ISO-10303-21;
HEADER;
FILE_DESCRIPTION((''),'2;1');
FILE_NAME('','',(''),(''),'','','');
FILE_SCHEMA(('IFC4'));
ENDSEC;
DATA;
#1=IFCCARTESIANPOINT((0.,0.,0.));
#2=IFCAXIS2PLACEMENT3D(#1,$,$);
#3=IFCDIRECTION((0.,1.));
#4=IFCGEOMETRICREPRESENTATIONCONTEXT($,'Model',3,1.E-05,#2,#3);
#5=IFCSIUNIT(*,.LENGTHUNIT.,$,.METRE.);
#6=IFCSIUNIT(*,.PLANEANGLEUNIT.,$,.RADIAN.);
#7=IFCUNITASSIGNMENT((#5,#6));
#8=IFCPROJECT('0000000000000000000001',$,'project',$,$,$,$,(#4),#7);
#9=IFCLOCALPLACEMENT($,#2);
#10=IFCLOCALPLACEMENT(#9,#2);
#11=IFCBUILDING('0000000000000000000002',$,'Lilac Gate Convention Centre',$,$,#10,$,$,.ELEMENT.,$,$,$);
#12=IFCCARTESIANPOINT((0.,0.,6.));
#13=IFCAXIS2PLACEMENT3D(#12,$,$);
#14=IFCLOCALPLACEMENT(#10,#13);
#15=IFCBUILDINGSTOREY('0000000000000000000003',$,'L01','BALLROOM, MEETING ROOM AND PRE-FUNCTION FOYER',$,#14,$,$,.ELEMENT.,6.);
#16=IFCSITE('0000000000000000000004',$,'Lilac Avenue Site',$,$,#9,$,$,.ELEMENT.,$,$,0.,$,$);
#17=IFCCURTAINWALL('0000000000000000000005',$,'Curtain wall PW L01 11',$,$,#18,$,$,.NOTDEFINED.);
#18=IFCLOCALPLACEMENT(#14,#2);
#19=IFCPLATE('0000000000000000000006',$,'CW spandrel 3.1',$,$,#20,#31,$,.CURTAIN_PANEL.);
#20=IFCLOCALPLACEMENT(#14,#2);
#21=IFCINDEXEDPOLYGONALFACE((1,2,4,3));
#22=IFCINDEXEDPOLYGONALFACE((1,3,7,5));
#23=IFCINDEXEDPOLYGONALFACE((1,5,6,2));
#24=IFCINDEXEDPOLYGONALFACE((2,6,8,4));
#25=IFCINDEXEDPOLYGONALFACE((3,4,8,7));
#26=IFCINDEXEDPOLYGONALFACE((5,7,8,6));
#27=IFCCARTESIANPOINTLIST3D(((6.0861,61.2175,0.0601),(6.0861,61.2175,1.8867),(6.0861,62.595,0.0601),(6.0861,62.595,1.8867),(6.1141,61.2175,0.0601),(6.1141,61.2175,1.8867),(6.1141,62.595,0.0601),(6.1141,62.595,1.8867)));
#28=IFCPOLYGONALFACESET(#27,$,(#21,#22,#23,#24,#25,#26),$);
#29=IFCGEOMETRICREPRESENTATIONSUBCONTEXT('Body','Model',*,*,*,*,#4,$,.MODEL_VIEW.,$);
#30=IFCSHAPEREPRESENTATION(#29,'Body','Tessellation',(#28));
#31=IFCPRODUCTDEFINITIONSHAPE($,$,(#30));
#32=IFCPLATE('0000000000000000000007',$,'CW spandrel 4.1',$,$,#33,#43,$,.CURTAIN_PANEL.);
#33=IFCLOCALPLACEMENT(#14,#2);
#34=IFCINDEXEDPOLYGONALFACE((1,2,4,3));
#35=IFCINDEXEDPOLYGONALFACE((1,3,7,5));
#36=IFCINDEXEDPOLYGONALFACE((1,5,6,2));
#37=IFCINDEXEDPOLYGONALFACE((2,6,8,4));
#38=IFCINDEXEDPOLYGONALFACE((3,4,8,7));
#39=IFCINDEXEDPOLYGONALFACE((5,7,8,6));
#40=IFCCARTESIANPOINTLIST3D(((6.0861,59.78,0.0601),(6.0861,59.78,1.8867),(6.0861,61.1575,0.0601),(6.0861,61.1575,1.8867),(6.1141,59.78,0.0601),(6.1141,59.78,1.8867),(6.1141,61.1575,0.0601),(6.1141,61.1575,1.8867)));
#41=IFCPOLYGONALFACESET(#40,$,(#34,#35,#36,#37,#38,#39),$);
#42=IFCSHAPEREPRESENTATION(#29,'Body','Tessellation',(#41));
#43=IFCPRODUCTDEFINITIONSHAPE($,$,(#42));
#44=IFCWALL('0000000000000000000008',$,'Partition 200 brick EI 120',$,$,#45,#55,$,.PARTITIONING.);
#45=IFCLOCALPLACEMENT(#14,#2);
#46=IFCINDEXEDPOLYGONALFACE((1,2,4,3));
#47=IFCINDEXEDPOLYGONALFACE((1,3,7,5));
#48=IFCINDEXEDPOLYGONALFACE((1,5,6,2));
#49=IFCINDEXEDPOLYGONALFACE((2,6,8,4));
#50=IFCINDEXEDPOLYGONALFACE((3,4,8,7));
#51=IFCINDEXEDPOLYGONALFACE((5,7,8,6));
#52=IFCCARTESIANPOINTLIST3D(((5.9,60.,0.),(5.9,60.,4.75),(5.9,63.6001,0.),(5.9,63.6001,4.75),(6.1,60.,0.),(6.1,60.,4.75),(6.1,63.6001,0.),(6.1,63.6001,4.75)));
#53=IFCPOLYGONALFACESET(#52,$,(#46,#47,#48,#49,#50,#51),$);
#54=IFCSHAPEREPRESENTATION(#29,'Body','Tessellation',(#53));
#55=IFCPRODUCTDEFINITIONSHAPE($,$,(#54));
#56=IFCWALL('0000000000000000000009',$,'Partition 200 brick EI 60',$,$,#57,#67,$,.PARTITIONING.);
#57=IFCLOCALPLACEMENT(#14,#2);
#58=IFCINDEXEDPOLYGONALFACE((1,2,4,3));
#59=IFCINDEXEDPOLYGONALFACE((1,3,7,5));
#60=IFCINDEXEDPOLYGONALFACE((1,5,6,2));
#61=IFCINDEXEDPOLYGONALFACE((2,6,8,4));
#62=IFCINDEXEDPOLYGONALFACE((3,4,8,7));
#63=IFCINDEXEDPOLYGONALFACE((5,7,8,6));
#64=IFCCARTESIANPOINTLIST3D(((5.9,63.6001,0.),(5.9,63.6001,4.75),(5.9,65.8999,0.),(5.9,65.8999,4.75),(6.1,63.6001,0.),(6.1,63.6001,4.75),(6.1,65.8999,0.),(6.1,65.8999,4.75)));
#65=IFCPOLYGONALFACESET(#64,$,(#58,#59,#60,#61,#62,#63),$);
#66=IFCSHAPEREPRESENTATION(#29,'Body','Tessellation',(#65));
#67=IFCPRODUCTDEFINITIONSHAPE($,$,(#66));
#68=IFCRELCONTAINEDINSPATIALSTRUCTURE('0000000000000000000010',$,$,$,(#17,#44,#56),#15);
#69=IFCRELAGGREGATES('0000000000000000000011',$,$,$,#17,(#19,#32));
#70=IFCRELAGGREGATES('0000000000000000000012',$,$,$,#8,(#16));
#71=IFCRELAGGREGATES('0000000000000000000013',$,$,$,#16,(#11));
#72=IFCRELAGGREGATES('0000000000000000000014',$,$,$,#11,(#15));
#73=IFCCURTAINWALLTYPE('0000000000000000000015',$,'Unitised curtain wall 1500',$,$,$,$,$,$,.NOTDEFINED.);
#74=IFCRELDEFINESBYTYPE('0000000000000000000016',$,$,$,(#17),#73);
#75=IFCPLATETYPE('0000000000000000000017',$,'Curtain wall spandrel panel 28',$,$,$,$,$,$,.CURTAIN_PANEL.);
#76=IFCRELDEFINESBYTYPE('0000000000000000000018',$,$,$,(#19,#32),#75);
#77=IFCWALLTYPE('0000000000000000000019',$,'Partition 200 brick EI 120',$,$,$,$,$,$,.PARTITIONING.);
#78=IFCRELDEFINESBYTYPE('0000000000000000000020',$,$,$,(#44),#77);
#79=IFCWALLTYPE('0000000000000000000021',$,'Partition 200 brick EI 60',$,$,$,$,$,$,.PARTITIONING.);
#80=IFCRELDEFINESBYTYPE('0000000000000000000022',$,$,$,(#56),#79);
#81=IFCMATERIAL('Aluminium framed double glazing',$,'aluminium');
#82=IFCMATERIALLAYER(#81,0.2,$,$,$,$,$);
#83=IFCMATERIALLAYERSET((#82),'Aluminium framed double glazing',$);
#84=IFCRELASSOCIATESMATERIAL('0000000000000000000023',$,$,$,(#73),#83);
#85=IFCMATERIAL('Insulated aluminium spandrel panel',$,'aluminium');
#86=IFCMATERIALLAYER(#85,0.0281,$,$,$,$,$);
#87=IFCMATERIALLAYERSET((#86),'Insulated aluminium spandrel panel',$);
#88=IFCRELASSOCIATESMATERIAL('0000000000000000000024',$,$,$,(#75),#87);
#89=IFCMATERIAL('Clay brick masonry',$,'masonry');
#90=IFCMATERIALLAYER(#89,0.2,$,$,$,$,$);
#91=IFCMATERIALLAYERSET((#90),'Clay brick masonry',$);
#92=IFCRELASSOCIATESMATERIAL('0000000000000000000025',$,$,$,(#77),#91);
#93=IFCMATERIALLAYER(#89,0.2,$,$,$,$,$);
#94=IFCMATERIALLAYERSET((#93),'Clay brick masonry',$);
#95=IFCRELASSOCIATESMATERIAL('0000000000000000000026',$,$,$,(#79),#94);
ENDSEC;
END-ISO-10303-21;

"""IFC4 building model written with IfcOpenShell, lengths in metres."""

from ifc_helpers import new_model, si_unit, direction, frame, frame_2d, origin, origin_2d, place, context, subcontext, project, spatial, rectangle, extrude, material, layer, layer_set, type_object, element, aggregate, save


model = new_model("IFC4")

# Units and contexts
model_context = context("Model", 3, precision=1e-05, world=origin(), true_north=direction((0.0, 1.0)))
body_context = subcontext(model_context, "Body", "Model", "MODEL_VIEW")
ifc_project = project(units=[si_unit("LENGTHUNIT", "METRE"), si_unit("PLANEANGLEUNIT", "RADIAN")], contexts=[model_context])

# Site, building, storey
site_placement = place(None, origin())
site = spatial("IfcSite", under=ifc_project, at=site_placement, Name="Lilac Avenue Site", CompositionType="ELEMENT", RefElevation=0.0)
building_placement = place(site_placement, origin())
building = spatial("IfcBuilding", under=site, at=building_placement, Name="Lilac Gate Convention Centre", CompositionType="ELEMENT")
storey_placement = place(building_placement, frame((0.0, 0.0, 6.0)))
storey = spatial("IfcBuildingStorey", under=building, at=storey_placement, Name="L01", Description="BALLROOM, MEETING ROOM AND PRE-FUNCTION FOYER", CompositionType="ELEMENT", Elevation=6.0)

# Curtain wall, plates
ifc_material_1 = material(Name="Aluminium framed double glazing", Category="aluminium")
ifc_layer_1 = layer(ifc_material_1, 0.2)
ifc_layer_set_1 = layer_set([ifc_layer_1], Name="Aluminium framed double glazing")
curtain_wall_type = type_object("IfcCurtainWallType", Name="Unitised curtain wall 1500", PredefinedType="NOTDEFINED", material=ifc_layer_set_1)
curtain_wall_placement = place(storey_placement, origin())
curtain_wall = element("IfcCurtainWall", 1, at=curtain_wall_placement, inside=storey, type_object=curtain_wall_type, Name="Curtain wall PW L01 11", PredefinedType="NOTDEFINED")
ifc_material_2 = material(Name="Insulated aluminium spandrel panel", Category="aluminium")
ifc_layer_2 = layer(ifc_material_2, 0.0281)
ifc_layer_set_2 = layer_set([ifc_layer_2], Name="Insulated aluminium spandrel panel")
plate_type_1 = type_object("IfcPlateType", Name="Curtain wall spandrel panel 28", PredefinedType="CURTAIN_PANEL", material=ifc_layer_set_2)
plate_1_placement = place(storey_placement, frame((6.1001, 61.9062, 0.0601), z_axis=(0.0, 0.0, 1.0), x_axis=(0.0, -1.0, 0.0)))
plate_1 = element("IfcPlate", 2, at=plate_1_placement, type_object=plate_type_1, Name="CW spandrel 3.1", PredefinedType="CURTAIN_PANEL", context=body_context, shape_type="SweptSolid", body=[
    extrude(rectangle(XDim=1.3774, YDim=0.0281, at=origin_2d()), origin(), (0.0, 0.0, 1.0), 1.8267),
])
plate_2_placement = place(storey_placement, frame((6.1001, 60.4688, 0.0601), z_axis=(0.0, 0.0, 1.0), x_axis=(0.0, -1.0, 0.0)))
plate_2 = element("IfcPlate", 3, at=plate_2_placement, type_object=plate_type_1, Name="CW spandrel 4.1", PredefinedType="CURTAIN_PANEL", context=body_context, shape_type="SweptSolid", body=[
    extrude(rectangle(XDim=1.3774, YDim=0.0281, at=origin_2d()), origin(), (0.0, 0.0, 1.0), 1.8267),
])
aggregate(curtain_wall, [plate_1, plate_2])

# Walls
ifc_material_3 = material(Name="Clay brick masonry", Category="masonry")
ifc_layer_3 = layer(ifc_material_3, 0.2)
ifc_layer_set_3 = layer_set([ifc_layer_3], Name="Clay brick masonry")
wall_type_1 = type_object("IfcWallType", Name="Partition 200 brick EI 120", PredefinedType="PARTITIONING", material=ifc_layer_set_3)
wall_1_placement = place(storey_placement, frame((6.0, 60.0, 0.0), z_axis=(0.0, 0.0, 1.0), x_axis=(0.0, 1.0, 0.0)))
element("IfcWall", 4, at=wall_1_placement, inside=storey, type_object=wall_type_1, Name="Partition 200 brick EI 120", PredefinedType="PARTITIONING", context=body_context, shape_type="SweptSolid", body=[
    extrude(rectangle(XDim=3.6001, YDim=0.2, at=frame_2d((1.8, 0.0))), origin(), (0.0, 0.0, 1.0), 4.75),
])
ifc_layer_4 = layer(ifc_material_3, 0.2)
ifc_layer_set_4 = layer_set([ifc_layer_4], Name="Clay brick masonry")
wall_type_2 = type_object("IfcWallType", Name="Partition 200 brick EI 60", PredefinedType="PARTITIONING", material=ifc_layer_set_4)
wall_2_placement = place(storey_placement, frame((6.0, 63.6001, 0.0), z_axis=(0.0, 0.0, 1.0), x_axis=(0.0, 1.0, 0.0)))
element("IfcWall", 5, at=wall_2_placement, inside=storey, type_object=wall_type_2, Name="Partition 200 brick EI 60", PredefinedType="PARTITIONING", context=body_context, shape_type="SweptSolid", body=[
    extrude(rectangle(XDim=2.2998, YDim=0.2, at=frame_2d((1.1499, 0.0))), origin(), (0.0, 0.0, 1.0), 4.75),
])

save(model, "model.ifc")
